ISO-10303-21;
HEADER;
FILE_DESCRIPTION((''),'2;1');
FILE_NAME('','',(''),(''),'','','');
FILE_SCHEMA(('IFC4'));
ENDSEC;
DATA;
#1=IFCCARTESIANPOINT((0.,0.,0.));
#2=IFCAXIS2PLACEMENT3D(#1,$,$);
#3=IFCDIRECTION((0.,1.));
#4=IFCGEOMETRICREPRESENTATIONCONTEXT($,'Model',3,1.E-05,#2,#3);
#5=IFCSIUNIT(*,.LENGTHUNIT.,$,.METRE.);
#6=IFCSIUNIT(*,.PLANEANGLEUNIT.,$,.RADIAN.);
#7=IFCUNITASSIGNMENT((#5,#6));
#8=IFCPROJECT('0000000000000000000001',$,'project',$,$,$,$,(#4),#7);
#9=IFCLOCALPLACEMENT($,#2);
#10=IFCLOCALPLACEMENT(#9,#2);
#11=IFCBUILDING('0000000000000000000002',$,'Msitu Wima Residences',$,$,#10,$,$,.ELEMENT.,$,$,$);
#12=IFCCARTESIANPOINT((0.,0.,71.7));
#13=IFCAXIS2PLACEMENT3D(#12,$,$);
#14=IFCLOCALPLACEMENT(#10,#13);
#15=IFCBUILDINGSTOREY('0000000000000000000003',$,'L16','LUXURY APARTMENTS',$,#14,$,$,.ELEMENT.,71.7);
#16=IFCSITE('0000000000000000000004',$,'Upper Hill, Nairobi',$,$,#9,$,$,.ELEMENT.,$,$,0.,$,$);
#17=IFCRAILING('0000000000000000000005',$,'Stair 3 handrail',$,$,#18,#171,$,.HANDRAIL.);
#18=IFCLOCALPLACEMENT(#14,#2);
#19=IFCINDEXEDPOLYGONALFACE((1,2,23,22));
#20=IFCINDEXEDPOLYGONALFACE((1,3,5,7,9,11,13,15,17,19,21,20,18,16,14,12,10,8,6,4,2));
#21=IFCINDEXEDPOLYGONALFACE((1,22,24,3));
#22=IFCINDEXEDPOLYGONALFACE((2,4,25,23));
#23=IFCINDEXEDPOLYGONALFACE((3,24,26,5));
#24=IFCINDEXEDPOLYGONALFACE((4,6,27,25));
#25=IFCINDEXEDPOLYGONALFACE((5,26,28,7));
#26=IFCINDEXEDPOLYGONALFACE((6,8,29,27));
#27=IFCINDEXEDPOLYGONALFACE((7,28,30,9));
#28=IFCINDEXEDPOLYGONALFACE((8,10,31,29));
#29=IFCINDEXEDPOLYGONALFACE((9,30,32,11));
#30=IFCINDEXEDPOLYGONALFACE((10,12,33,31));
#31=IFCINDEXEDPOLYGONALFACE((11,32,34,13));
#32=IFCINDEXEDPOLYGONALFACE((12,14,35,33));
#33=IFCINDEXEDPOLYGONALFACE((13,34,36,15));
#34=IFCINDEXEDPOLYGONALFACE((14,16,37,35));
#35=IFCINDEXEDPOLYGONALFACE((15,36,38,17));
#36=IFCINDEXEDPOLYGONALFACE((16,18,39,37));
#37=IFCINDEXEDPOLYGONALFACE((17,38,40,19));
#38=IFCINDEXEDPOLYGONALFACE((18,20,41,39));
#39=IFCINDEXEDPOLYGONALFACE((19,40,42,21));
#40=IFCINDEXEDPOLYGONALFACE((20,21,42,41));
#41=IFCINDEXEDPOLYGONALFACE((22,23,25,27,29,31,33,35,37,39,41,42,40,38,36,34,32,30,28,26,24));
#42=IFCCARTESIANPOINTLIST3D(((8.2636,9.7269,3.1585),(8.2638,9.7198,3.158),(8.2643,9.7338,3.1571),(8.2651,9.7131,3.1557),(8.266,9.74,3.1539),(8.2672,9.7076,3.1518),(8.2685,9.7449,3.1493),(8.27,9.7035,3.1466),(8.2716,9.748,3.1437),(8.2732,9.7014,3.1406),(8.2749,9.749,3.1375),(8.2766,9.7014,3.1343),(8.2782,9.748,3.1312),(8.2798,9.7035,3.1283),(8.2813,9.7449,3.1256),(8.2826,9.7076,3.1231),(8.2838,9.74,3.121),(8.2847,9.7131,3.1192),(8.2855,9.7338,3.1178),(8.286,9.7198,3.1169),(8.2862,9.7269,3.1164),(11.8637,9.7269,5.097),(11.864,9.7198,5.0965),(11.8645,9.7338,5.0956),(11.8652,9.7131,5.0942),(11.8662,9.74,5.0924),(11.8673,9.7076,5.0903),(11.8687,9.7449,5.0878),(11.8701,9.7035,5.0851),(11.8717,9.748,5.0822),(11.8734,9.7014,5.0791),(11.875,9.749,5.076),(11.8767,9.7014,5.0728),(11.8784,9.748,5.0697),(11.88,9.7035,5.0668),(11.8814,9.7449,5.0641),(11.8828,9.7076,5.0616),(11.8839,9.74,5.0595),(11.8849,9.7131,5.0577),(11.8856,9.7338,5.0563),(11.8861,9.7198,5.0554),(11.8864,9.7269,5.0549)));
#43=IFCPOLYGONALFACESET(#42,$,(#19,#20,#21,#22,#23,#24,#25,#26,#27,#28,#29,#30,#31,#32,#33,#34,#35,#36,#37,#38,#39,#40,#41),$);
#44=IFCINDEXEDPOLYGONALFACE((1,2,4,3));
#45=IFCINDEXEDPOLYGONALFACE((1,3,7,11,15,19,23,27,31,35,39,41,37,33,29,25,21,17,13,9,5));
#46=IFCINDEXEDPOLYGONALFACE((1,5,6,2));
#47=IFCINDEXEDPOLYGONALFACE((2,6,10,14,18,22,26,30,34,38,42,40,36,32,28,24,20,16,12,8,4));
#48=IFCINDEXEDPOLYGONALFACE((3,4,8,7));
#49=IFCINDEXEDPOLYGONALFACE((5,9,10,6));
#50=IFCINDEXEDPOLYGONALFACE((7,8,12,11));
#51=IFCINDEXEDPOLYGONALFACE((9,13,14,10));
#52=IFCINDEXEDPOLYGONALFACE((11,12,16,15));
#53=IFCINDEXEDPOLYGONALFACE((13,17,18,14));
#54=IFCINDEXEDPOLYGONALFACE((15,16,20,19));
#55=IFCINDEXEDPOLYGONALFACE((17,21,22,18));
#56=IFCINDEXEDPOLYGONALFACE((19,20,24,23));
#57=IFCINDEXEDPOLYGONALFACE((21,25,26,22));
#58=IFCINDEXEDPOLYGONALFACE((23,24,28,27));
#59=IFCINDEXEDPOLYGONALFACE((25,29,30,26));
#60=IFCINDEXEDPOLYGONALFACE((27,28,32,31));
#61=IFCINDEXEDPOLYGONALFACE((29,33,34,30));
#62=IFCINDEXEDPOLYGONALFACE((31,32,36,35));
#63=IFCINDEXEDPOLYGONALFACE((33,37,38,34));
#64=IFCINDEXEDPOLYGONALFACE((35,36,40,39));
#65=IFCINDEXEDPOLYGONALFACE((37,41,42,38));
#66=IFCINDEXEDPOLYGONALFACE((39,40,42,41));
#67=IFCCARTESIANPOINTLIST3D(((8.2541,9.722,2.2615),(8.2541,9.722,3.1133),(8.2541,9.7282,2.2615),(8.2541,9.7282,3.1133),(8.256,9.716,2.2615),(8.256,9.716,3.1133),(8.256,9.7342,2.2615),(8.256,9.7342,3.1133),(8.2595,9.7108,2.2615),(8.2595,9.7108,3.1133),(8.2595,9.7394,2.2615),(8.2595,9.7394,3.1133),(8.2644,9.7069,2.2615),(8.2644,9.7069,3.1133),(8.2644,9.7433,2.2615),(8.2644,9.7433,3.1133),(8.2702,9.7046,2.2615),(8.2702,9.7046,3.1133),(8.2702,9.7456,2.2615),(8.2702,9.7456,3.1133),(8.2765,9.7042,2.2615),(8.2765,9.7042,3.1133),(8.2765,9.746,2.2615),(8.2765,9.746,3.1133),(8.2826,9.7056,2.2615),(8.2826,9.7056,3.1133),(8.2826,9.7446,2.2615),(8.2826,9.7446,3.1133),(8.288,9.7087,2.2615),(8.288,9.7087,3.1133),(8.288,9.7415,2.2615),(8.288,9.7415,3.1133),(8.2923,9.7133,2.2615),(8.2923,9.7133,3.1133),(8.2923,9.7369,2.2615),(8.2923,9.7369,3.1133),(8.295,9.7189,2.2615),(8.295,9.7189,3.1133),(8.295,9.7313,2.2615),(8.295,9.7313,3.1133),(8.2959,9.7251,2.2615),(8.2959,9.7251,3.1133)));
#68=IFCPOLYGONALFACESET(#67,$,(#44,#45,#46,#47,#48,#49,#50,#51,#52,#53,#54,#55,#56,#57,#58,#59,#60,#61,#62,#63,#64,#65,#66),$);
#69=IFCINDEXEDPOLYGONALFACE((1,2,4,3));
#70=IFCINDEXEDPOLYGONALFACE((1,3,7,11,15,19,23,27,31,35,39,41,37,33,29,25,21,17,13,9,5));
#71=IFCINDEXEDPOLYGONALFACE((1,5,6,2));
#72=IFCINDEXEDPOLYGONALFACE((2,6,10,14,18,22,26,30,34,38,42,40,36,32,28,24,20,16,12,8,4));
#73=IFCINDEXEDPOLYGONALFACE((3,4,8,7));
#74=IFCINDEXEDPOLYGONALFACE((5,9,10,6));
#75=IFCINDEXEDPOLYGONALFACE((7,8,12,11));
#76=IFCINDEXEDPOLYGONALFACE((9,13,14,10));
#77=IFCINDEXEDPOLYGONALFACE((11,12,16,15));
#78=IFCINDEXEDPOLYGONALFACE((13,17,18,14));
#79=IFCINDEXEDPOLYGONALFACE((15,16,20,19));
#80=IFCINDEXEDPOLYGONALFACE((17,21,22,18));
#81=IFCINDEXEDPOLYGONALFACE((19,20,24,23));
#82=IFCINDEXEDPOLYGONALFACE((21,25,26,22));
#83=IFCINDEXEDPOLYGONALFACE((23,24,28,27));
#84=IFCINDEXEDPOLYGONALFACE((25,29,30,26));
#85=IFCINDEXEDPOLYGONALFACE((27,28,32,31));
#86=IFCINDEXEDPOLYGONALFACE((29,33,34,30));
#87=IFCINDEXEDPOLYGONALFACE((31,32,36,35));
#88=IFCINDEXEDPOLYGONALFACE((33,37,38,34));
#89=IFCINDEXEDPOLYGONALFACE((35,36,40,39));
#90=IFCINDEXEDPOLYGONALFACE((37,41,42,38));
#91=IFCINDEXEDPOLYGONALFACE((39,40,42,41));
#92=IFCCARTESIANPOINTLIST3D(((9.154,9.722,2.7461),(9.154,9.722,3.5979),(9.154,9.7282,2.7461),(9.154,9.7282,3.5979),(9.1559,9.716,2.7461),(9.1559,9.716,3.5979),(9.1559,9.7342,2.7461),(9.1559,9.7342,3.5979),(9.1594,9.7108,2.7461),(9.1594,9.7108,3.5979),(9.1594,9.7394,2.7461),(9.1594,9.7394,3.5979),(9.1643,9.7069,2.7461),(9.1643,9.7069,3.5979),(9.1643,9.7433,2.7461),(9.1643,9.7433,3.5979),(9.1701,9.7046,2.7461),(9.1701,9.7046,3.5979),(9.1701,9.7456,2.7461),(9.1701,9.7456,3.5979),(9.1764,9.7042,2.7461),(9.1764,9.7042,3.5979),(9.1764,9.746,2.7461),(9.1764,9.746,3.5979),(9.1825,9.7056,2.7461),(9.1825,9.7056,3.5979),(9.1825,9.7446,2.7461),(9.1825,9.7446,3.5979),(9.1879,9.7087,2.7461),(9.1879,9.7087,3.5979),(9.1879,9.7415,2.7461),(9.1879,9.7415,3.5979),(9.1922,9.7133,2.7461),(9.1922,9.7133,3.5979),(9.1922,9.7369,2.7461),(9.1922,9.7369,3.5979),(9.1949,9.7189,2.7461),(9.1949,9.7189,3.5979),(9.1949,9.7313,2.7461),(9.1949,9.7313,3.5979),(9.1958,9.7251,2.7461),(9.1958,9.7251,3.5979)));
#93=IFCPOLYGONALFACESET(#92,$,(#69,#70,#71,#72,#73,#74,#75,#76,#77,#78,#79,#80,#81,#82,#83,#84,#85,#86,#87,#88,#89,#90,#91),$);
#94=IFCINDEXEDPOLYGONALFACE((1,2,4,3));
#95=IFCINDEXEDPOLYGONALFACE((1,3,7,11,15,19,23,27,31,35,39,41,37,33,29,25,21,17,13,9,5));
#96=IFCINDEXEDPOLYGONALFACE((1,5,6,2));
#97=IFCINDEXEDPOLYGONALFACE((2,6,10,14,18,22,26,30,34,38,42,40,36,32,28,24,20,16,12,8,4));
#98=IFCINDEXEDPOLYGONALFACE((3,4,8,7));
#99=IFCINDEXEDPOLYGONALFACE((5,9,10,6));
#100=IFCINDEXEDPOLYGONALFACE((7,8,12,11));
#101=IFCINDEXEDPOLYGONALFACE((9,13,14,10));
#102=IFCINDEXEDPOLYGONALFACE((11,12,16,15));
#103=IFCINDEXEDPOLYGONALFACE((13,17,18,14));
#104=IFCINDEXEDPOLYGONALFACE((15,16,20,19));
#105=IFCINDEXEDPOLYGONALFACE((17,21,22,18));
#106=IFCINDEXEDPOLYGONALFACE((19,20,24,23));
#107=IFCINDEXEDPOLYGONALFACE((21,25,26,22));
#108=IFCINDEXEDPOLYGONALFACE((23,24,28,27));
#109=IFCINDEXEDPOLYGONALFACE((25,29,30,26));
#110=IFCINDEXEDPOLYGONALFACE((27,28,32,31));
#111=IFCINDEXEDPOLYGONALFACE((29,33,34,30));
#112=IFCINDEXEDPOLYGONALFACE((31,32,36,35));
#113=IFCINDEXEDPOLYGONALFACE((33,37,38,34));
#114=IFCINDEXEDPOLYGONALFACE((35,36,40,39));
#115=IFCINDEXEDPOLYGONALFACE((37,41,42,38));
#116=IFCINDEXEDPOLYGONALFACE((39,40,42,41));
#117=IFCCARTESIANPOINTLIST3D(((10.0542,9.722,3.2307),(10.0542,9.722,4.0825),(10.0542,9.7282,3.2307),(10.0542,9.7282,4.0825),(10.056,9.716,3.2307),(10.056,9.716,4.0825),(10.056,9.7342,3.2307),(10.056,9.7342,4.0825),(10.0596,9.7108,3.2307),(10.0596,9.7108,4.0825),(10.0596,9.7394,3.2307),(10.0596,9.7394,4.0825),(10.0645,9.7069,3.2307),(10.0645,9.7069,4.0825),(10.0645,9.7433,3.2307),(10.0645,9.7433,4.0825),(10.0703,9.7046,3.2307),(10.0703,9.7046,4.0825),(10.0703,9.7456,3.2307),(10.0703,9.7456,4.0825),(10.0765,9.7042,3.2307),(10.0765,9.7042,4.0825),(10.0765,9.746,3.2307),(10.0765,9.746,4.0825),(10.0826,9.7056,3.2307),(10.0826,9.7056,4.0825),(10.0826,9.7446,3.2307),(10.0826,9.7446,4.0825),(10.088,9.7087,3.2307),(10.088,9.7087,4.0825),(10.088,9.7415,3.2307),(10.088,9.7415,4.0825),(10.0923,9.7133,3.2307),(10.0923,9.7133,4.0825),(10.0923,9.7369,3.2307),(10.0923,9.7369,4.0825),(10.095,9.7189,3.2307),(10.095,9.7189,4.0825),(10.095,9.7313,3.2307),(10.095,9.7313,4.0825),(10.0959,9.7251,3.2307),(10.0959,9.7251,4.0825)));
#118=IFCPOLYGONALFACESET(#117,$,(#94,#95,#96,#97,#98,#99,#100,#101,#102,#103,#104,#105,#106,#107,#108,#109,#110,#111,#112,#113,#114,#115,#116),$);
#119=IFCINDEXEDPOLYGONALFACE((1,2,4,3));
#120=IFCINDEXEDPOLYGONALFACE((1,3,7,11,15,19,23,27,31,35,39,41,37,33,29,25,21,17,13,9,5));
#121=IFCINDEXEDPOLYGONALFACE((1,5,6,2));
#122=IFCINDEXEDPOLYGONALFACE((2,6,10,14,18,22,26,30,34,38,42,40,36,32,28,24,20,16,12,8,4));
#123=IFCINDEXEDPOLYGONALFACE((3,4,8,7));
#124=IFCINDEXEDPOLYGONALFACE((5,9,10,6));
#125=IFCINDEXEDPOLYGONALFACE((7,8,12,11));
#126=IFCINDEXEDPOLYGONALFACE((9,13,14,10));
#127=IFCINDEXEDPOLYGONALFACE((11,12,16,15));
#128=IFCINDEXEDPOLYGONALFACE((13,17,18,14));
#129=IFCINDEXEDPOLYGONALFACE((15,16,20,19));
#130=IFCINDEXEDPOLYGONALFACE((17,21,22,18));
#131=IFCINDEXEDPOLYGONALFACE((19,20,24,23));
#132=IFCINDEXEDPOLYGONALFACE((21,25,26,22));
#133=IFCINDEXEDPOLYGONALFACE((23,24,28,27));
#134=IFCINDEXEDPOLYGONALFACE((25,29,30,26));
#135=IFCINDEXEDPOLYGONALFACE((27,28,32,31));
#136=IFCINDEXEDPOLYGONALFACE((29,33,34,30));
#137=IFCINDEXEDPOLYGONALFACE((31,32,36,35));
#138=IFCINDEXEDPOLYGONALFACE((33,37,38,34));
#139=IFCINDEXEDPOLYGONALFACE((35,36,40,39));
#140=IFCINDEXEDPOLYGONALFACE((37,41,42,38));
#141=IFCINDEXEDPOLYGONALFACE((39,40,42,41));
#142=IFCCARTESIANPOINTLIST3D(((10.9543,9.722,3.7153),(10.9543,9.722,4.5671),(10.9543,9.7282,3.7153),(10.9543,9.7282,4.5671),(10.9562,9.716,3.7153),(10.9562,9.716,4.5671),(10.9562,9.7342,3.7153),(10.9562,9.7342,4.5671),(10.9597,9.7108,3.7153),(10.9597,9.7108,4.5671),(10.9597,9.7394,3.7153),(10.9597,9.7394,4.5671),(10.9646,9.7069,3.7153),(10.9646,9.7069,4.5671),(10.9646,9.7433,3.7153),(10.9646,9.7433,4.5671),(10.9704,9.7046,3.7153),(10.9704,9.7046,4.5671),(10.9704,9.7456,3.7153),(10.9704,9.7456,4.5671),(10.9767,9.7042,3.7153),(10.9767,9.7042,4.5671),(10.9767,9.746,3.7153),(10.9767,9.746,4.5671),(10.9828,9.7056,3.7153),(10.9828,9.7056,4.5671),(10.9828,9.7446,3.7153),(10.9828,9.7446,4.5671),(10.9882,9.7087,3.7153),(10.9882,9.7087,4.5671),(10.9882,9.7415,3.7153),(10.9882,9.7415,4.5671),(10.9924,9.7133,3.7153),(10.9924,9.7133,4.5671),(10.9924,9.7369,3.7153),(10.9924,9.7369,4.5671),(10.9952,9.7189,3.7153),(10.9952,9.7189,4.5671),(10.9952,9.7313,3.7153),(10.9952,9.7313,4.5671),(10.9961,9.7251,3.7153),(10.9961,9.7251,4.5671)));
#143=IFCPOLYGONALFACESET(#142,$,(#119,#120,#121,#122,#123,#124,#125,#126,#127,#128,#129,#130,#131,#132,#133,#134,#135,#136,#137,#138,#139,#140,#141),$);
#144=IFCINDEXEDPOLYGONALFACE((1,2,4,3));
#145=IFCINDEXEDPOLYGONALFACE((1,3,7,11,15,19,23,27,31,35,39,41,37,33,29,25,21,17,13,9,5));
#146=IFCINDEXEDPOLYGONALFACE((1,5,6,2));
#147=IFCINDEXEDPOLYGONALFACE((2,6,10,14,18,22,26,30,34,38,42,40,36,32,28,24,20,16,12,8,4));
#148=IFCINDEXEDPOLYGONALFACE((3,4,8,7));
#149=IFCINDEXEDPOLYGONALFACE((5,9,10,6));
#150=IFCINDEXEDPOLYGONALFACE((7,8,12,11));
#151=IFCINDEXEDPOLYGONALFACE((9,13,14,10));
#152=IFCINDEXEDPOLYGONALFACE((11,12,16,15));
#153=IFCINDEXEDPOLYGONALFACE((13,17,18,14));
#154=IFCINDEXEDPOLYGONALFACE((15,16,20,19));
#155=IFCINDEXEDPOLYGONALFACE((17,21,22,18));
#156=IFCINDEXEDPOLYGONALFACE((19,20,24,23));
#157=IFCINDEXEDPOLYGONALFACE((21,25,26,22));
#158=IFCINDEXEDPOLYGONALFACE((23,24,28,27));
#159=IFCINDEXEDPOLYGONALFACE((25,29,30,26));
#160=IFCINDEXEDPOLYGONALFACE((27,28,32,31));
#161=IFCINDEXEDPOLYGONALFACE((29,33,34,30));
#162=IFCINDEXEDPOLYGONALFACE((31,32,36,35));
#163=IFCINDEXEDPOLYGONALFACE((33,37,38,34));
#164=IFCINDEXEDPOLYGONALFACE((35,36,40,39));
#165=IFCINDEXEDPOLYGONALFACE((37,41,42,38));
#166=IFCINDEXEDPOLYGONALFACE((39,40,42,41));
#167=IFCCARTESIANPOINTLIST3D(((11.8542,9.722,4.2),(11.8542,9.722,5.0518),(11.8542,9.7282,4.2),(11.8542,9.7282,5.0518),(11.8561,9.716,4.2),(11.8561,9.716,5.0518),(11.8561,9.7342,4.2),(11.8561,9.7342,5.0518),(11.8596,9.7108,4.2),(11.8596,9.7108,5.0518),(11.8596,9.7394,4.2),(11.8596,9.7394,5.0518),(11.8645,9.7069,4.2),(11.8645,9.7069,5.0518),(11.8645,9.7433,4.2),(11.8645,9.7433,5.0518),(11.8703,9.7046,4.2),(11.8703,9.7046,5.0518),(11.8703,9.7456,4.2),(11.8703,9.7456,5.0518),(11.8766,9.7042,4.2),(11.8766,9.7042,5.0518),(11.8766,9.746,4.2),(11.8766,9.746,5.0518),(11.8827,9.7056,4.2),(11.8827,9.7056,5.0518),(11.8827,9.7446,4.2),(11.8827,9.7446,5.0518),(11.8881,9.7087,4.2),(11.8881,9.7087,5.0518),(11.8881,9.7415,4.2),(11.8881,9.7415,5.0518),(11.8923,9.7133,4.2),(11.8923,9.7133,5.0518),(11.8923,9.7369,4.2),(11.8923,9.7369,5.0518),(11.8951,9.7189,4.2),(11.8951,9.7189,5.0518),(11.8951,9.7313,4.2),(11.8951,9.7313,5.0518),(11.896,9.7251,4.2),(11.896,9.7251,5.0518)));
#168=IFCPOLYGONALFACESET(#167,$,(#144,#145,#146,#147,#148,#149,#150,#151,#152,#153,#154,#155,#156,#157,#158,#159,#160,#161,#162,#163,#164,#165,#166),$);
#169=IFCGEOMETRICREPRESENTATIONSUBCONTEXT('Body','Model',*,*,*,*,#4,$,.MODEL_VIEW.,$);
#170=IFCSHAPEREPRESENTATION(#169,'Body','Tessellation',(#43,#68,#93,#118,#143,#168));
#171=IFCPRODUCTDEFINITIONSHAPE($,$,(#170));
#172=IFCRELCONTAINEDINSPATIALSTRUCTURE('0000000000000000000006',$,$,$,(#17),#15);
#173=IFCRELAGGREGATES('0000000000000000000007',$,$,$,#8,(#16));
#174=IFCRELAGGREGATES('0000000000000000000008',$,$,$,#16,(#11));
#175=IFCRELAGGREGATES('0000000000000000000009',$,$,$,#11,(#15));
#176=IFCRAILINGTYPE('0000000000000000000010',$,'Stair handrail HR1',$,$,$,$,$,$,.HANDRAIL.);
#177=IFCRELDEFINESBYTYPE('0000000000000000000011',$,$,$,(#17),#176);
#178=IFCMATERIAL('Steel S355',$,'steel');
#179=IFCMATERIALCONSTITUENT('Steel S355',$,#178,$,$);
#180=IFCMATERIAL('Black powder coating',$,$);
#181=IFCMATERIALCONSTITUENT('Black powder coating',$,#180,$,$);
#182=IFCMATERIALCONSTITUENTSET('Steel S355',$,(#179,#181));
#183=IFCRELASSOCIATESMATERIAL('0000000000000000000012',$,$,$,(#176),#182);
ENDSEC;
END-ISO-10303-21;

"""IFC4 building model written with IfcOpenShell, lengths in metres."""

from ifc_helpers import new_model, si_unit, direction, frame, origin, origin_2d, place, context, subcontext, project, spatial, circle, extrude, material, constituent, constituent_set, type_object, element, save


model = new_model("IFC4")

# Units and contexts
model_context = context("Model", 3, precision=1e-05, world=origin(), true_north=direction((0.0, 1.0)))
body_context = subcontext(model_context, "Body", "Model", "MODEL_VIEW")
ifc_project = project(units=[si_unit("LENGTHUNIT", "METRE"), si_unit("PLANEANGLEUNIT", "RADIAN")], contexts=[model_context])

# Site, building, storey
site_placement = place(None, origin())
site = spatial("IfcSite", under=ifc_project, at=site_placement, Name="Upper Hill, Nairobi", CompositionType="ELEMENT", RefElevation=0.0)
building_placement = place(site_placement, origin())
building = spatial("IfcBuilding", under=site, at=building_placement, Name="Msitu Wima Residences", CompositionType="ELEMENT")
storey_placement = place(building_placement, frame((0.0, 0.0, 71.7)))
storey = spatial("IfcBuildingStorey", under=building, at=storey_placement, Name="L16", Description="LUXURY APARTMENTS", CompositionType="ELEMENT", Elevation=71.7)

# Railing
ifc_material_1 = material(Name="Steel S355", Category="steel")
ifc_constituent_1 = constituent(ifc_material_1, Name="Steel S355")
ifc_material_2 = material(Name="Black powder coating")
ifc_constituent_2 = constituent(ifc_material_2, Name="Black powder coating")
ifc_constituent_set = constituent_set(constituents=[ifc_constituent_1, ifc_constituent_2], Name="Steel S355")
railing_type = type_object("IfcRailingType", Name="Stair handrail HR1", PredefinedType="HANDRAIL", material=ifc_constituent_set)
for number, where, name in (
    (1, (8.2749, 9.7251, 2.2615), "Stair 3 handrail"),
):
    element("IfcRailing", number, at=place(storey_placement, frame(where)), inside=storey, type_object=railing_type, Name=name, PredefinedType="HANDRAIL", context=body_context, shape_type="SweptSolid", body=[
        extrude(circle(Radius=0.0239, at=origin_2d()), frame((0.0, 0.0, 0.876), z_axis=(0.880475, 0.0, 0.474093), x_axis=(0.0, 1.0, 0.0)), (0.0, 0.0, 1.0), 4.0889),
        extrude(circle(Radius=0.021, at=origin_2d()), origin(), (0.0, 0.0, 1.0), 0.8518),
        extrude(circle(Radius=0.021, at=origin_2d()), frame((0.8999, 0.0, 0.4846)), (0.0, 0.0, 1.0), 0.8518),
        extrude(circle(Radius=0.021, at=origin_2d()), frame((1.8, 0.0, 0.9692)), (0.0, 0.0, 1.0), 0.8518),
        extrude(circle(Radius=0.021, at=origin_2d()), frame((2.7002, 0.0, 1.4539)), (0.0, 0.0, 1.0), 0.8518),
        extrude(circle(Radius=0.021, at=origin_2d()), frame((3.6001, 0.0, 1.9385)), (0.0, 0.0, 1.0), 0.8518),
    ])

save(model, "model.ifc")
